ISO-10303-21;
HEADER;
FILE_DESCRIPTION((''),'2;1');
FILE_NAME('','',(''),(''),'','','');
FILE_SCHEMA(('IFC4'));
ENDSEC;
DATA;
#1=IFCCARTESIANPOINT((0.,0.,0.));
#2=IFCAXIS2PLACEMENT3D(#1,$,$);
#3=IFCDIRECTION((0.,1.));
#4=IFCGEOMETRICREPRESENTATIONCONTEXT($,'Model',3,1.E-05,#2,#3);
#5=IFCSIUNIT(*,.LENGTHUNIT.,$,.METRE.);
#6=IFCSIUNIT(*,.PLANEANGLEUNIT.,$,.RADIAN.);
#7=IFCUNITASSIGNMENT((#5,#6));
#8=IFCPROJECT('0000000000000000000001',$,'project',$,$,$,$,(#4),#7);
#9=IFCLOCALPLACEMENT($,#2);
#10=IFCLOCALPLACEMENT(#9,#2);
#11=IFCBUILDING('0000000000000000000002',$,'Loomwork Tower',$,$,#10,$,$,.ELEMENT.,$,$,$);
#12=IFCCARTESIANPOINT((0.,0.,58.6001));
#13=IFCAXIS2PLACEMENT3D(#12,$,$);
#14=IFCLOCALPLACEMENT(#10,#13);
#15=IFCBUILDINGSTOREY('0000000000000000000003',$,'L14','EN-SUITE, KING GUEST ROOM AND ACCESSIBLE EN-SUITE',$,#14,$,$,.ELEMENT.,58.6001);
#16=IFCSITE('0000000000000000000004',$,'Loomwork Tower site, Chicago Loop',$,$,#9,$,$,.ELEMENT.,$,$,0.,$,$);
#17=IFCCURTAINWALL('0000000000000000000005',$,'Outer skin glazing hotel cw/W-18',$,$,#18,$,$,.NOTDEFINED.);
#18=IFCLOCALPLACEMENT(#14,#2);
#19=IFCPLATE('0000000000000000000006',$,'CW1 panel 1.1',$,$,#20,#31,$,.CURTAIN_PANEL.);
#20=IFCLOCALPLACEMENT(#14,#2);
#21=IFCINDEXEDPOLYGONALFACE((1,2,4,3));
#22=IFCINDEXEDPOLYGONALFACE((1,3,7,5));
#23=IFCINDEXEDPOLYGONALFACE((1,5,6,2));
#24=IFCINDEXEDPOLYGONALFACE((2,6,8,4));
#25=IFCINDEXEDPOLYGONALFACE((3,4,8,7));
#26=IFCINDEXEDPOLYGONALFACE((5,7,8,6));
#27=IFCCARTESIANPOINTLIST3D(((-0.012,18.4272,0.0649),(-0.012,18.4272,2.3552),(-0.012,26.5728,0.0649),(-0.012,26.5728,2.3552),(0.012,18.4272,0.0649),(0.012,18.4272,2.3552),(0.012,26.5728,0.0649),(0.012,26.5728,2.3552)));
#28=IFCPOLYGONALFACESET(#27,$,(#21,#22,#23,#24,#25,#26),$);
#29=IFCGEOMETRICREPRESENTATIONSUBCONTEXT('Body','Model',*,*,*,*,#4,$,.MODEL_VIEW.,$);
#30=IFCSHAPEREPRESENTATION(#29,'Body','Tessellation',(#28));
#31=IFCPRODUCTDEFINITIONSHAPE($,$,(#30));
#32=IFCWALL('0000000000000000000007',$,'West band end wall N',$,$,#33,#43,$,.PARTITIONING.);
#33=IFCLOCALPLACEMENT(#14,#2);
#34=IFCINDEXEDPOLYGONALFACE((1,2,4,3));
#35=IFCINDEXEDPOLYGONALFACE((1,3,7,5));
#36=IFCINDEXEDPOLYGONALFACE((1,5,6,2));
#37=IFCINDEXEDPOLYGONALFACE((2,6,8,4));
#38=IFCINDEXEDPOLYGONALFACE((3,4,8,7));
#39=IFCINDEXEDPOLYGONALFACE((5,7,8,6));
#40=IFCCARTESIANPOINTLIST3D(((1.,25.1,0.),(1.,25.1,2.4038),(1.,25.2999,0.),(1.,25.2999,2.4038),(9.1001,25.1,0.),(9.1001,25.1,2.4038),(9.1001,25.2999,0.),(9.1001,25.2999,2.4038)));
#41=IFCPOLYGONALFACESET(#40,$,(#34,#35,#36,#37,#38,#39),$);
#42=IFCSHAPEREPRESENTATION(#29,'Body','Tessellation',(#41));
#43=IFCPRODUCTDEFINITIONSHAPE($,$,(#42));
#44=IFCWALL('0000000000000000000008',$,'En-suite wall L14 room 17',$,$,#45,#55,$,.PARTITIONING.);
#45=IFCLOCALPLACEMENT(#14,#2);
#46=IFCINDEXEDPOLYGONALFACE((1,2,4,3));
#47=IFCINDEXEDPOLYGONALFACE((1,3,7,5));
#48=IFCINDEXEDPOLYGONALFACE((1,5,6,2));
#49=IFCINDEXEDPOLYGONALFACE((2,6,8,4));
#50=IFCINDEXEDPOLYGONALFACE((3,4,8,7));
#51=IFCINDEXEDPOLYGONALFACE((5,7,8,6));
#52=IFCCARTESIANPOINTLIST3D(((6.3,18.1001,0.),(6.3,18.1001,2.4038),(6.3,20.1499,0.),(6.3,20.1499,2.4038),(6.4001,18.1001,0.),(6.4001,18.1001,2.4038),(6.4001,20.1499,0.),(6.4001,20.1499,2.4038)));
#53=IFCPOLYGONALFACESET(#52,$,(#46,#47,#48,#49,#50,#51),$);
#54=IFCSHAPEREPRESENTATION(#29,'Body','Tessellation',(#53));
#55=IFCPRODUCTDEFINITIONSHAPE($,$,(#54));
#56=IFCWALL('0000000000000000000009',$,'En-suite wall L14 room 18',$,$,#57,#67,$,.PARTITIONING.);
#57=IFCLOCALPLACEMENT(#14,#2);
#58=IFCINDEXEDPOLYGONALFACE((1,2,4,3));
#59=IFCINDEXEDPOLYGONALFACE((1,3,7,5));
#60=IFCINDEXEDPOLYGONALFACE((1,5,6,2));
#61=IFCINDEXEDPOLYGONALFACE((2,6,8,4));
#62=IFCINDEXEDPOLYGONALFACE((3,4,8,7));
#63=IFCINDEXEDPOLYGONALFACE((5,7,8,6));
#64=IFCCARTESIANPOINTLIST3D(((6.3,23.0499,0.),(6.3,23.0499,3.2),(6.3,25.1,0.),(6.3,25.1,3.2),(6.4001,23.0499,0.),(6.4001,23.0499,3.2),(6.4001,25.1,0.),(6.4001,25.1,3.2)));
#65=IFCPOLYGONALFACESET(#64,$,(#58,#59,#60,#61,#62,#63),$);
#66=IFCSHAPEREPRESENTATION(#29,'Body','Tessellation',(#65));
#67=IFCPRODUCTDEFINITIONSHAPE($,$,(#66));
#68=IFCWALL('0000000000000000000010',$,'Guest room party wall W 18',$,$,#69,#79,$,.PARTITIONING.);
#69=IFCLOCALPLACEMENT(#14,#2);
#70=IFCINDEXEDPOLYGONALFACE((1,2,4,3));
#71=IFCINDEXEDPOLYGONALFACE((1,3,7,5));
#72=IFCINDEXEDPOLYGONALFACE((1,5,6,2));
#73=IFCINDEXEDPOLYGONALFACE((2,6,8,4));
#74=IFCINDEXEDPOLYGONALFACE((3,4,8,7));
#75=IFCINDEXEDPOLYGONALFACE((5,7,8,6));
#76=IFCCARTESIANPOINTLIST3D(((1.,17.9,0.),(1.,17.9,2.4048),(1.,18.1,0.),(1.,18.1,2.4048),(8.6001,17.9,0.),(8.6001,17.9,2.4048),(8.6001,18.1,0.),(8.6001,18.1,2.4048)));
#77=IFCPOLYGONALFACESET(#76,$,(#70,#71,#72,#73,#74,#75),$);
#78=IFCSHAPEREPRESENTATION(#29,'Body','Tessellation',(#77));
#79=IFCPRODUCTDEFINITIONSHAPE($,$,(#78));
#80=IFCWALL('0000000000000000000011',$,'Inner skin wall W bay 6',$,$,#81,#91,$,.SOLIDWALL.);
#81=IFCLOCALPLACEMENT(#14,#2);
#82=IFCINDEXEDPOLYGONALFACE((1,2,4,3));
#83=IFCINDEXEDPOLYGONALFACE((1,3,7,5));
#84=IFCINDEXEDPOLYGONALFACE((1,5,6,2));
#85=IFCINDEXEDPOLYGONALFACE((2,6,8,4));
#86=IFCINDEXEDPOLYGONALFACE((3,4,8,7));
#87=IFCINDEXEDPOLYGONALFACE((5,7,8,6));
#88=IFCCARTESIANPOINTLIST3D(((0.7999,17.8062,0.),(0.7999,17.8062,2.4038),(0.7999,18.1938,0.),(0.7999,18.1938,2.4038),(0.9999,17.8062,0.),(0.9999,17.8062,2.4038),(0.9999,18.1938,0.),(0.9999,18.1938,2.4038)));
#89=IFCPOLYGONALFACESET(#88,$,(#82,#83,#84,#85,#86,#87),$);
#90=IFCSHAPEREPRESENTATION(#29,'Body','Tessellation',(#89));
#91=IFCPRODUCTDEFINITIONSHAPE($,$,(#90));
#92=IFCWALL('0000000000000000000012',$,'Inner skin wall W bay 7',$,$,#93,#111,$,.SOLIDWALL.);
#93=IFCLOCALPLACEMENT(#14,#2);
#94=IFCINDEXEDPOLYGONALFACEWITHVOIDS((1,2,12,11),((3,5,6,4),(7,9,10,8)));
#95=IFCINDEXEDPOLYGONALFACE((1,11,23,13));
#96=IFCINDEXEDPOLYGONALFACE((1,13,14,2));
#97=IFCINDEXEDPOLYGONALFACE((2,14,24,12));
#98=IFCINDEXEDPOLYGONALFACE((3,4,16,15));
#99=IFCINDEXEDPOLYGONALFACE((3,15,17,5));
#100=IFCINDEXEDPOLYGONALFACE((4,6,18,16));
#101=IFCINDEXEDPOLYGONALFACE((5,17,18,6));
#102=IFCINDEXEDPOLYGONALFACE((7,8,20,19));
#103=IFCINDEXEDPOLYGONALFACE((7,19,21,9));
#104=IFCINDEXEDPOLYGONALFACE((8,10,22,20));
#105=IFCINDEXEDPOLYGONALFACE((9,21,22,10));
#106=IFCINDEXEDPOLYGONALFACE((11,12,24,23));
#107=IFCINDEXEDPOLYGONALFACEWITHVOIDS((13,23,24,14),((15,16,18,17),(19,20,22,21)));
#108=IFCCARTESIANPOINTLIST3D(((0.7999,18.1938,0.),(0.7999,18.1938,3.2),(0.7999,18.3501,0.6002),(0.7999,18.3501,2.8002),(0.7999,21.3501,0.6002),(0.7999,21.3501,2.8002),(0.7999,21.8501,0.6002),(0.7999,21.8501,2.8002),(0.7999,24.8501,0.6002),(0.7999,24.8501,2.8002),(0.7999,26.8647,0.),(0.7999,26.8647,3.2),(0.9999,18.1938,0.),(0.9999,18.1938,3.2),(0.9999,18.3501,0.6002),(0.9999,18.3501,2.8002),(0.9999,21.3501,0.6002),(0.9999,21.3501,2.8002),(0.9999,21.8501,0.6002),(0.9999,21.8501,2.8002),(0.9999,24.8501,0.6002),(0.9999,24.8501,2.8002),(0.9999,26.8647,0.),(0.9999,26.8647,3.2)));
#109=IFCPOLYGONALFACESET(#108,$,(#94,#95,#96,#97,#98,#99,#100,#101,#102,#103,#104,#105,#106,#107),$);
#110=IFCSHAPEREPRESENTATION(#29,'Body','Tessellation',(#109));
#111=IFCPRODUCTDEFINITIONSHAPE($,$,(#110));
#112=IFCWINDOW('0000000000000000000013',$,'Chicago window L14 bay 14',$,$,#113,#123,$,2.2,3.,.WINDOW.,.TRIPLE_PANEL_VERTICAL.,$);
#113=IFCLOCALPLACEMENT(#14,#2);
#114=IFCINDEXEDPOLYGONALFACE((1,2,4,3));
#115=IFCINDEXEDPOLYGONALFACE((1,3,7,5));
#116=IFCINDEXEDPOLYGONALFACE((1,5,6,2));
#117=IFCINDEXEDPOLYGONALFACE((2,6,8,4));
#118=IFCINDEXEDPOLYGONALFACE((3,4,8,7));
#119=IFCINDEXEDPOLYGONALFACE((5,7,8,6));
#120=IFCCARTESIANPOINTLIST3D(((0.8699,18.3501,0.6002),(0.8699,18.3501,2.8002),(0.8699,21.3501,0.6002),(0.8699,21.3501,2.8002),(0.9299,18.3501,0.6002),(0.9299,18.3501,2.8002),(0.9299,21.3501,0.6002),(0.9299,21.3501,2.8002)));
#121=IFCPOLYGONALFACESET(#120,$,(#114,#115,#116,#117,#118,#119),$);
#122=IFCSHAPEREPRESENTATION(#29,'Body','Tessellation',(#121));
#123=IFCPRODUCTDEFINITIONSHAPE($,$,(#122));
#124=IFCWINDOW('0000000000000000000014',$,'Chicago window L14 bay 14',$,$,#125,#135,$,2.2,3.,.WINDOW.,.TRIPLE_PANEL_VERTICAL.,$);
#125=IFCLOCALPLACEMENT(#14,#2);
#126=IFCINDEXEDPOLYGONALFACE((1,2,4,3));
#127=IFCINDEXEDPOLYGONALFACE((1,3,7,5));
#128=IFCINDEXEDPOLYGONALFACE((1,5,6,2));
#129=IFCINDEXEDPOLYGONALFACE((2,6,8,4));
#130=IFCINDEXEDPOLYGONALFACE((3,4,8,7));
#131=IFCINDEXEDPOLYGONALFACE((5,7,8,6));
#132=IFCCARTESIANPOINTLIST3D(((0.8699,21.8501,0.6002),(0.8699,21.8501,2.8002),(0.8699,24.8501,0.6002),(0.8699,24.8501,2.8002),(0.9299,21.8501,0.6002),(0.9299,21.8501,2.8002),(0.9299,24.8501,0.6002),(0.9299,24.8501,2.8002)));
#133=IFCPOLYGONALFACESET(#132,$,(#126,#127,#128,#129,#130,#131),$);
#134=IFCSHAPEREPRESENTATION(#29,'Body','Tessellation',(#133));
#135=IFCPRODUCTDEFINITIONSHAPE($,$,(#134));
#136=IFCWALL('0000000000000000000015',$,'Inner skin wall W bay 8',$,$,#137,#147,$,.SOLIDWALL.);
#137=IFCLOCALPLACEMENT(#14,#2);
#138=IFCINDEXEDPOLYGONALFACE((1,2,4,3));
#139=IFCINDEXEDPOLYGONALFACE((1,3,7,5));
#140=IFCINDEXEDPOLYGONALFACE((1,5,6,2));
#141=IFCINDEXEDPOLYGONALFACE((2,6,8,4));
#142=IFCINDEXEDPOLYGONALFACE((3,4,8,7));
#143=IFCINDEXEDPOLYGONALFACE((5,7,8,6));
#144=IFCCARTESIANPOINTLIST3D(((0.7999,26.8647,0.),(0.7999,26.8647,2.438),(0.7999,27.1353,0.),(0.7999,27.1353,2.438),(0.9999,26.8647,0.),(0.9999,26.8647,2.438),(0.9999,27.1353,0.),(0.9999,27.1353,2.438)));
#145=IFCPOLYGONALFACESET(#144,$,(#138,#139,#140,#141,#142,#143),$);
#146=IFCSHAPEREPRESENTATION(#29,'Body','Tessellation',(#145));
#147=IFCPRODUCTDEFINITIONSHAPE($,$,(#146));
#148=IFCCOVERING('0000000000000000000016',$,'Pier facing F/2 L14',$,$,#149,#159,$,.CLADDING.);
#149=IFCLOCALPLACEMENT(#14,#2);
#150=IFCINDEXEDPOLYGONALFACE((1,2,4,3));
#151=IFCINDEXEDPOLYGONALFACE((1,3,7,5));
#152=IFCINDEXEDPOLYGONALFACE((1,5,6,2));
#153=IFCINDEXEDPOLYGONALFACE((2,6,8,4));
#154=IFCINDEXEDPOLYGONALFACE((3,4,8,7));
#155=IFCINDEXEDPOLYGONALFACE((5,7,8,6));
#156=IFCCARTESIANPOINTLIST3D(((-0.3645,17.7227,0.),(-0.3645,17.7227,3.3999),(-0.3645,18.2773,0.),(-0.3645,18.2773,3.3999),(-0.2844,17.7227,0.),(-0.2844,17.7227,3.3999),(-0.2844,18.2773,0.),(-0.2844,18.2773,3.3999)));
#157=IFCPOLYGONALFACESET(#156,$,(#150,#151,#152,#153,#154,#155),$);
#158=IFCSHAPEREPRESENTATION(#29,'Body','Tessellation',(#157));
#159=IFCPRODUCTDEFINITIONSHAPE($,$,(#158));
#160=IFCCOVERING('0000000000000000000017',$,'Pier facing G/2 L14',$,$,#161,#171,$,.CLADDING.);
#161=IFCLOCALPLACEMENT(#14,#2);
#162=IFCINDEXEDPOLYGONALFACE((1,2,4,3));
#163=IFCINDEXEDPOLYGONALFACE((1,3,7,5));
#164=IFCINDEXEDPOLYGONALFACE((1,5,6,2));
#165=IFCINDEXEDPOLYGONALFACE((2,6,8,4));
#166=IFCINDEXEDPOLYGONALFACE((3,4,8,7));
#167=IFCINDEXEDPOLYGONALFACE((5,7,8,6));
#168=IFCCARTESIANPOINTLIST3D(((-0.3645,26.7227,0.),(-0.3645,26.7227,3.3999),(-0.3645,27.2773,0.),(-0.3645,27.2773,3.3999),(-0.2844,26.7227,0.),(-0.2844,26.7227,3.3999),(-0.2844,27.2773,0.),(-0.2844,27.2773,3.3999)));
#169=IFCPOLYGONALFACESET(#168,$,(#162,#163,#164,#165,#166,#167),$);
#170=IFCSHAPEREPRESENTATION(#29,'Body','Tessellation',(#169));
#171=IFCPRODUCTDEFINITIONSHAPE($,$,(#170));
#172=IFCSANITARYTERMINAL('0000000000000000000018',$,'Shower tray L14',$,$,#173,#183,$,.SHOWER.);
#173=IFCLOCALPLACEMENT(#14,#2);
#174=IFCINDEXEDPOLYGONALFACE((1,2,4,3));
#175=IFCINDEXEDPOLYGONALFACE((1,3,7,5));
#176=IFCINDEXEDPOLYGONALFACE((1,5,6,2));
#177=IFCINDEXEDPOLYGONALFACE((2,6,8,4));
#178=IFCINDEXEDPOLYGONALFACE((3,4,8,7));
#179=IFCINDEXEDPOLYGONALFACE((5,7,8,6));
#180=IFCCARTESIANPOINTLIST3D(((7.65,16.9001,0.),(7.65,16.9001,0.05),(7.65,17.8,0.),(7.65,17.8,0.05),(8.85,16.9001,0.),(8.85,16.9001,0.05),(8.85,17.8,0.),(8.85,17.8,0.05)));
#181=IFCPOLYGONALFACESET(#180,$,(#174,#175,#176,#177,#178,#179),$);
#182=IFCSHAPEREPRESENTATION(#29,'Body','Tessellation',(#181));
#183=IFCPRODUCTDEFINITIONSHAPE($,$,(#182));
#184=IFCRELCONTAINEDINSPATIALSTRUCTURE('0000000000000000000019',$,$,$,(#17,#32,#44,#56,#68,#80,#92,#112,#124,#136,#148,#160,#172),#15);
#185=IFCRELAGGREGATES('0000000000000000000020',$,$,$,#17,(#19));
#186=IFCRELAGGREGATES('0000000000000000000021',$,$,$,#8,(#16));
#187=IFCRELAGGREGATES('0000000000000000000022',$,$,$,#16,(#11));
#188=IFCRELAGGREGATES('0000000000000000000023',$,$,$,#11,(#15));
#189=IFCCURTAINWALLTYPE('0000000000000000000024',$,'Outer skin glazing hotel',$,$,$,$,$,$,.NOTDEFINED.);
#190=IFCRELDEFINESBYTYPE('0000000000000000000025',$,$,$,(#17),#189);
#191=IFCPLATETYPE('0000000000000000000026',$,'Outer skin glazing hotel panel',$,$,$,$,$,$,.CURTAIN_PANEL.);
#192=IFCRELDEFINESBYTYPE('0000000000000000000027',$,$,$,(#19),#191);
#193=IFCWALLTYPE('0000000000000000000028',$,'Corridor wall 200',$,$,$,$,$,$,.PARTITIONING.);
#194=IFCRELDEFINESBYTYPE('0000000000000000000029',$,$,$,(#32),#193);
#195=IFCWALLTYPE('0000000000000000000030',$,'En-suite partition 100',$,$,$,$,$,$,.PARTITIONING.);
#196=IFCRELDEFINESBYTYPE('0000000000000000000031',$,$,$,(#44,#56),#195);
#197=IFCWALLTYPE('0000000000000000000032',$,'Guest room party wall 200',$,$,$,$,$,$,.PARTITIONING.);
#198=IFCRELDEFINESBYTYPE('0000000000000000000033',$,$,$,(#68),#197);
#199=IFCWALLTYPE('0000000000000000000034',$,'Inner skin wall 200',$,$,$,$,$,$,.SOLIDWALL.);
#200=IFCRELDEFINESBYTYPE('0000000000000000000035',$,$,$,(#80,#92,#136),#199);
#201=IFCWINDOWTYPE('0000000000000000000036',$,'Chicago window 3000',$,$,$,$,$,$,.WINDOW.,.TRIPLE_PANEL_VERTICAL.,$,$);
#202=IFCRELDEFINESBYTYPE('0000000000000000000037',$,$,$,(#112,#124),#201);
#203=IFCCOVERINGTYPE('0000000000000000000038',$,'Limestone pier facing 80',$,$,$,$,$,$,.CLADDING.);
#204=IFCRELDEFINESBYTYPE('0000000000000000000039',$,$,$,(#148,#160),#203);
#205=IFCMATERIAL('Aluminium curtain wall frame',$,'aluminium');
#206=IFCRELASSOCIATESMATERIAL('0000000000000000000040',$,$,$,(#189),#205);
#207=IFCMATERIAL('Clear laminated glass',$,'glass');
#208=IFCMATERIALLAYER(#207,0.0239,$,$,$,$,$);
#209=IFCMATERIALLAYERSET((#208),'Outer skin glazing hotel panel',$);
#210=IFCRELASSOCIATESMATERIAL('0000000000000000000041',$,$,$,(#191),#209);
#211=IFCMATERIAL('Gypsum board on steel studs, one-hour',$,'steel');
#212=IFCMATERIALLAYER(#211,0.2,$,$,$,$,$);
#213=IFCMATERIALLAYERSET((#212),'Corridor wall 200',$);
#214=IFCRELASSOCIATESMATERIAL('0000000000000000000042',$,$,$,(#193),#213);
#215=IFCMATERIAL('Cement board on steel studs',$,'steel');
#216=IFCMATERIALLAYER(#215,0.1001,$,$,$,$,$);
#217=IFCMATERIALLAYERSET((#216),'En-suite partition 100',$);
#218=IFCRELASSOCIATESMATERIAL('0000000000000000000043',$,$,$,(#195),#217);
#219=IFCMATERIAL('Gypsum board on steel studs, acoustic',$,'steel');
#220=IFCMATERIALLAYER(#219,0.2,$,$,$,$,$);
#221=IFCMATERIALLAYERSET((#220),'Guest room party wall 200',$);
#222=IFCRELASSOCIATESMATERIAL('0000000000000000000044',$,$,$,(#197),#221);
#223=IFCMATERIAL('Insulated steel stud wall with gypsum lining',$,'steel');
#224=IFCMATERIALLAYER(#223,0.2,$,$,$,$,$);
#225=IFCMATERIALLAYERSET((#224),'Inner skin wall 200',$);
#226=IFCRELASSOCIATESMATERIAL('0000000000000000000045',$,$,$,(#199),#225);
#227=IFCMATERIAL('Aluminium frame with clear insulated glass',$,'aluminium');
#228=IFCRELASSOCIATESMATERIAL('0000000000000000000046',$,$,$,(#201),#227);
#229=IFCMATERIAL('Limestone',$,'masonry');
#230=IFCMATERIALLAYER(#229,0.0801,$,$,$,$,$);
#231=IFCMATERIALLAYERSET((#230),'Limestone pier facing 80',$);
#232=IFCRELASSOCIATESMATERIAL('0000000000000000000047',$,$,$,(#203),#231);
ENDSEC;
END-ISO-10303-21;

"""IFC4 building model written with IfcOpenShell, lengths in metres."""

from ifc_helpers import new_model, si_unit, direction, frame, frame_2d, origin, origin_2d, place, context, subcontext, project, spatial, rectangle, extrude, material, layer, layer_set, type_object, element, fill, aggregate, save


model = new_model("IFC4")

# Units and contexts
model_context = context("Model", 3, precision=1e-05, world=origin(), true_north=direction((0.0, 1.0)))
body_context = subcontext(model_context, "Body", "Model", "MODEL_VIEW")
ifc_project = project(units=[si_unit("LENGTHUNIT", "METRE"), si_unit("PLANEANGLEUNIT", "RADIAN")], contexts=[model_context])

# Site, building, storey
site_placement = place(None, origin())
site = spatial("IfcSite", under=ifc_project, at=site_placement, Name="Loomwork Tower site, Chicago Loop", CompositionType="ELEMENT", RefElevation=0.0)
building_placement = place(site_placement, origin())
building = spatial("IfcBuilding", under=site, at=building_placement, Name="Loomwork Tower", CompositionType="ELEMENT")
storey_placement = place(building_placement, frame((0.0, 0.0, 58.6001)))
storey = spatial("IfcBuildingStorey", under=building, at=storey_placement, Name="L14", Description="EN-SUITE, KING GUEST ROOM AND ACCESSIBLE EN-SUITE", CompositionType="ELEMENT", Elevation=58.6001)

# Shared definitions
ifc_material_1 = material(Name="Aluminium curtain wall frame", Category="aluminium")
curtain_wall_type = type_object("IfcCurtainWallType", Name="Outer skin glazing hotel", PredefinedType="NOTDEFINED", material=ifc_material_1)

# Curtain wall
curtain_wall_1_placement = place(storey_placement, origin())
curtain_wall_1 = element("IfcCurtainWall", 1, at=curtain_wall_1_placement, inside=storey, type_object=curtain_wall_type, Name="Outer skin glazing hotel cw/W-18", PredefinedType="NOTDEFINED")

# Plate
ifc_material_2 = material(Name="Clear laminated glass", Category="glass")
ifc_layer_1 = layer(ifc_material_2, 0.0239)
ifc_layer_set_1 = layer_set([ifc_layer_1], Name="Outer skin glazing hotel panel")
plate_type = type_object("IfcPlateType", Name="Outer skin glazing hotel panel", PredefinedType="CURTAIN_PANEL", material=ifc_layer_set_1)
plate_placement = place(storey_placement, frame((0.0, 22.5, 0.0649), z_axis=(0.0, 0.0, 1.0), x_axis=(0.0, -1.0, 0.0)))
plate = element("IfcPlate", 2, at=plate_placement, type_object=plate_type, Name="CW1 panel 1.1", PredefinedType="CURTAIN_PANEL", context=body_context, shape_type="SweptSolid", body=[
    extrude(rectangle(XDim=8.1455, YDim=0.0239, at=origin_2d()), origin(), (0.0, 0.0, 1.0), 2.2903),
])
aggregate(curtain_wall_1, [plate])

# Walls
ifc_material_3 = material(Name="Gypsum board on steel studs, one-hour", Category="steel")
ifc_layer_2 = layer(ifc_material_3, 0.2)
ifc_layer_set_2 = layer_set([ifc_layer_2], Name="Corridor wall 200")
wall_type_1 = type_object("IfcWallType", Name="Corridor wall 200", PredefinedType="PARTITIONING", material=ifc_layer_set_2)
wall_1_placement = place(storey_placement, frame((1.0, 25.2, 0.0), z_axis=(0.0, 0.0, 1.0), x_axis=(1.0, 0.0, 0.0)))
element("IfcWall", 3, at=wall_1_placement, inside=storey, type_object=wall_type_1, Name="West band end wall N", PredefinedType="PARTITIONING", context=body_context, shape_type="SweptSolid", body=[
    extrude(rectangle(XDim=8.1001, YDim=0.2, at=frame_2d((4.05, 0.0))), origin(), (0.0, 0.0, 1.0), 2.4038),
])
ifc_material_4 = material(Name="Cement board on steel studs", Category="steel")
ifc_layer_3 = layer(ifc_material_4, 0.1001)
ifc_layer_set_3 = layer_set([ifc_layer_3], Name="En-suite partition 100")
wall_type_2 = type_object("IfcWallType", Name="En-suite partition 100", PredefinedType="PARTITIONING", material=ifc_layer_set_3)
wall_2_placement = place(storey_placement, frame((6.3501, 18.1001, 0.0), z_axis=(0.0, 0.0, 1.0), x_axis=(0.0, 1.0, 0.0)))
element("IfcWall", 4, at=wall_2_placement, inside=storey, type_object=wall_type_2, Name="En-suite wall L14 room 17", PredefinedType="PARTITIONING", context=body_context, shape_type="SweptSolid", body=[
    extrude(rectangle(XDim=2.0498, YDim=0.1001, at=frame_2d((1.0249, 0.0))), origin(), (0.0, 0.0, 1.0), 2.4038),
])
wall_3_placement = place(storey_placement, frame((6.3501, 23.05, 0.0), z_axis=(0.0, 0.0, 1.0), x_axis=(0.0, 1.0, 0.0)))
element("IfcWall", 5, at=wall_3_placement, inside=storey, type_object=wall_type_2, Name="En-suite wall L14 room 18", PredefinedType="PARTITIONING", context=body_context, shape_type="SweptSolid", body=[
    extrude(rectangle(XDim=2.05, YDim=0.1001, at=frame_2d((1.0249, 0.0))), origin(), (0.0, 0.0, 1.0), 3.2),
])
ifc_material_5 = material(Name="Gypsum board on steel studs, acoustic", Category="steel")
ifc_layer_4 = layer(ifc_material_5, 0.2)
ifc_layer_set_4 = layer_set([ifc_layer_4], Name="Guest room party wall 200")
wall_type_3 = type_object("IfcWallType", Name="Guest room party wall 200", PredefinedType="PARTITIONING", material=ifc_layer_set_4)
wall_4_placement = place(storey_placement, frame((8.6001, 18.0, 0.0), z_axis=(0.0, 0.0, 1.0), x_axis=(-1.0, 0.0, 0.0)))
element("IfcWall", 6, at=wall_4_placement, inside=storey, type_object=wall_type_3, Name="Guest room party wall W 18", PredefinedType="PARTITIONING", context=body_context, shape_type="SweptSolid", body=[
    extrude(rectangle(XDim=7.6001, YDim=0.2, at=frame_2d((3.8, 0.0))), origin(), (0.0, 0.0, 1.0), 2.4048),
])
ifc_material_6 = material(Name="Insulated steel stud wall with gypsum lining", Category="steel")
ifc_layer_5 = layer(ifc_material_6, 0.2)
ifc_layer_set_5 = layer_set([ifc_layer_5], Name="Inner skin wall 200")
wall_type_4 = type_object("IfcWallType", Name="Inner skin wall 200", PredefinedType="SOLIDWALL", material=ifc_layer_set_5)
wall_5_placement = place(storey_placement, frame((0.8999, 17.8062, 0.0), z_axis=(0.0, 0.0, 1.0), x_axis=(0.0, 1.0, 0.0)))
element("IfcWall", 7, at=wall_5_placement, inside=storey, type_object=wall_type_4, Name="Inner skin wall W bay 6", PredefinedType="SOLIDWALL", context=body_context, shape_type="SweptSolid", body=[
    extrude(rectangle(XDim=0.3877, YDim=0.2, at=frame_2d((0.1938, 0.0))), origin(), (0.0, 0.0, 1.0), 2.4038),
])

# Wall, openings, windows
wall_6_placement = place(storey_placement, frame((0.8999, 18.1938, 0.0), z_axis=(0.0, 0.0, 1.0), x_axis=(0.0, 1.0, 0.0)))
wall_6 = element("IfcWall", 8, at=wall_6_placement, inside=storey, type_object=wall_type_4, Name="Inner skin wall W bay 7", PredefinedType="SOLIDWALL", context=body_context, shape_type="SweptSolid", body=[
    extrude(rectangle(XDim=8.6709, YDim=0.2, at=frame_2d((4.3354, 0.0))), origin(), (0.0, 0.0, 1.0), 3.2),
])
opening_1_placement = place(wall_6_placement, frame((0.1562, 0.0, 0.6001)))
opening_1 = element("IfcOpeningElement", 9, at=opening_1_placement, cuts=wall_6, PredefinedType="OPENING", context=body_context, shape_type="SweptSolid", body=[
    extrude(rectangle(XDim=3.0, YDim=2.2, at=frame_2d((1.5, 1.1001))), frame((0.0, 0.1099, 0.0), z_axis=(0.0, -1.0, 0.0), x_axis=(1.0, 0.0, 0.0)), (0.0, 0.0, 1.0), 0.22),
])
opening_2_placement = place(wall_6_placement, frame((3.6562, 0.0, 0.6001)))
opening_2 = element("IfcOpeningElement", 10, at=opening_2_placement, cuts=wall_6, PredefinedType="OPENING", context=body_context, shape_type="SweptSolid", body=[
    extrude(rectangle(XDim=3.0, YDim=2.2, at=frame_2d((1.5, 1.1001))), frame((0.0, 0.1099, 0.0), z_axis=(0.0, -1.0, 0.0), x_axis=(1.0, 0.0, 0.0)), (0.0, 0.0, 1.0), 0.22),
])
ifc_material_7 = material(Name="Aluminium frame with clear insulated glass", Category="aluminium")
window_type = type_object("IfcWindowType", Name="Chicago window 3000", PartitioningType="TRIPLE_PANEL_VERTICAL", PredefinedType="WINDOW", material=ifc_material_7)
window_1_placement = place(opening_1_placement, origin())
window_1 = element("IfcWindow", 11, at=window_1_placement, inside=storey, type_object=window_type, Name="Chicago window L14 bay 14", OverallHeight=2.2, OverallWidth=3.0, PartitioningType="TRIPLE_PANEL_VERTICAL", PredefinedType="WINDOW", context=body_context, shape_type="SweptSolid", body=[
    extrude(rectangle(XDim=3.0, YDim=2.2, at=frame_2d((1.5, 1.1001))), frame((0.0, 0.03, 0.0), z_axis=(0.0, -1.0, 0.0), x_axis=(1.0, 0.0, 0.0)), (0.0, 0.0, 1.0), 0.0601),
])
fill(opening_1, window_1)
window_2_placement = place(opening_2_placement, origin())
window_2 = element("IfcWindow", 12, at=window_2_placement, inside=storey, type_object=window_type, Name="Chicago window L14 bay 14", OverallHeight=2.2, OverallWidth=3.0, PartitioningType="TRIPLE_PANEL_VERTICAL", PredefinedType="WINDOW", context=body_context, shape_type="SweptSolid", body=[
    extrude(rectangle(XDim=3.0, YDim=2.2, at=frame_2d((1.5, 1.1001))), frame((0.0, 0.03, 0.0), z_axis=(0.0, -1.0, 0.0), x_axis=(1.0, 0.0, 0.0)), (0.0, 0.0, 1.0), 0.0601),
])
fill(opening_2, window_2)

# Wall
wall_7_placement = place(storey_placement, frame((0.8999, 26.8647, 0.0), z_axis=(0.0, 0.0, 1.0), x_axis=(0.0, 1.0, 0.0)))
element("IfcWall", 13, at=wall_7_placement, inside=storey, type_object=wall_type_4, Name="Inner skin wall W bay 8", PredefinedType="SOLIDWALL", context=body_context, shape_type="SweptSolid", body=[
    extrude(rectangle(XDim=0.2705, YDim=0.2, at=frame_2d((0.1353, 0.0))), origin(), (0.0, 0.0, 1.0), 2.438),
])

# Coverings
ifc_material_8 = material(Name="Limestone", Category="masonry")
ifc_layer_6 = layer(ifc_material_8, 0.0801)
ifc_layer_set_6 = layer_set([ifc_layer_6], Name="Limestone pier facing 80")
covering_type = type_object("IfcCoveringType", Name="Limestone pier facing 80", PredefinedType="CLADDING", material=ifc_layer_set_6)
for number, where, z_axis, x_axis, name in (
    (14, (-0.3245, 18.0, 0.0), (0.0, 0.0, 1.0), (1.0, 0.0, 0.0), "Pier facing F/2 L14"),
    (15, (-0.3245, 27.0, 0.0), (0.0, 0.0, 1.0), (1.0, 0.0, 0.0), "Pier facing G/2 L14"),
):
    element("IfcCovering", number, at=place(storey_placement, frame(where, z_axis=z_axis, x_axis=x_axis)), inside=storey, type_object=covering_type, Name=name, PredefinedType="CLADDING", context=body_context, shape_type="SweptSolid", body=[
        extrude(rectangle(XDim=0.0801, YDim=0.5547, at=origin_2d()), origin(), (0.0, 0.0, 1.0), 3.3999),
    ])

# Sanitary terminal
sanitary_terminal_1_placement = place(storey_placement, frame((8.25, 17.3501, 0.0), z_axis=(0.0, 0.0, 1.0), x_axis=(1.0, 0.0, 0.0)))
element("IfcSanitaryTerminal", 16, at=sanitary_terminal_1_placement, inside=storey, Name="Shower tray L14", PredefinedType="SHOWER", context=body_context, shape_type="SweptSolid", body=[
    extrude(rectangle(XDim=1.2, YDim=0.8999, at=origin_2d()), origin(), (0.0, 0.0, 1.0), 0.05),
])

save(model, "model.ifc")
